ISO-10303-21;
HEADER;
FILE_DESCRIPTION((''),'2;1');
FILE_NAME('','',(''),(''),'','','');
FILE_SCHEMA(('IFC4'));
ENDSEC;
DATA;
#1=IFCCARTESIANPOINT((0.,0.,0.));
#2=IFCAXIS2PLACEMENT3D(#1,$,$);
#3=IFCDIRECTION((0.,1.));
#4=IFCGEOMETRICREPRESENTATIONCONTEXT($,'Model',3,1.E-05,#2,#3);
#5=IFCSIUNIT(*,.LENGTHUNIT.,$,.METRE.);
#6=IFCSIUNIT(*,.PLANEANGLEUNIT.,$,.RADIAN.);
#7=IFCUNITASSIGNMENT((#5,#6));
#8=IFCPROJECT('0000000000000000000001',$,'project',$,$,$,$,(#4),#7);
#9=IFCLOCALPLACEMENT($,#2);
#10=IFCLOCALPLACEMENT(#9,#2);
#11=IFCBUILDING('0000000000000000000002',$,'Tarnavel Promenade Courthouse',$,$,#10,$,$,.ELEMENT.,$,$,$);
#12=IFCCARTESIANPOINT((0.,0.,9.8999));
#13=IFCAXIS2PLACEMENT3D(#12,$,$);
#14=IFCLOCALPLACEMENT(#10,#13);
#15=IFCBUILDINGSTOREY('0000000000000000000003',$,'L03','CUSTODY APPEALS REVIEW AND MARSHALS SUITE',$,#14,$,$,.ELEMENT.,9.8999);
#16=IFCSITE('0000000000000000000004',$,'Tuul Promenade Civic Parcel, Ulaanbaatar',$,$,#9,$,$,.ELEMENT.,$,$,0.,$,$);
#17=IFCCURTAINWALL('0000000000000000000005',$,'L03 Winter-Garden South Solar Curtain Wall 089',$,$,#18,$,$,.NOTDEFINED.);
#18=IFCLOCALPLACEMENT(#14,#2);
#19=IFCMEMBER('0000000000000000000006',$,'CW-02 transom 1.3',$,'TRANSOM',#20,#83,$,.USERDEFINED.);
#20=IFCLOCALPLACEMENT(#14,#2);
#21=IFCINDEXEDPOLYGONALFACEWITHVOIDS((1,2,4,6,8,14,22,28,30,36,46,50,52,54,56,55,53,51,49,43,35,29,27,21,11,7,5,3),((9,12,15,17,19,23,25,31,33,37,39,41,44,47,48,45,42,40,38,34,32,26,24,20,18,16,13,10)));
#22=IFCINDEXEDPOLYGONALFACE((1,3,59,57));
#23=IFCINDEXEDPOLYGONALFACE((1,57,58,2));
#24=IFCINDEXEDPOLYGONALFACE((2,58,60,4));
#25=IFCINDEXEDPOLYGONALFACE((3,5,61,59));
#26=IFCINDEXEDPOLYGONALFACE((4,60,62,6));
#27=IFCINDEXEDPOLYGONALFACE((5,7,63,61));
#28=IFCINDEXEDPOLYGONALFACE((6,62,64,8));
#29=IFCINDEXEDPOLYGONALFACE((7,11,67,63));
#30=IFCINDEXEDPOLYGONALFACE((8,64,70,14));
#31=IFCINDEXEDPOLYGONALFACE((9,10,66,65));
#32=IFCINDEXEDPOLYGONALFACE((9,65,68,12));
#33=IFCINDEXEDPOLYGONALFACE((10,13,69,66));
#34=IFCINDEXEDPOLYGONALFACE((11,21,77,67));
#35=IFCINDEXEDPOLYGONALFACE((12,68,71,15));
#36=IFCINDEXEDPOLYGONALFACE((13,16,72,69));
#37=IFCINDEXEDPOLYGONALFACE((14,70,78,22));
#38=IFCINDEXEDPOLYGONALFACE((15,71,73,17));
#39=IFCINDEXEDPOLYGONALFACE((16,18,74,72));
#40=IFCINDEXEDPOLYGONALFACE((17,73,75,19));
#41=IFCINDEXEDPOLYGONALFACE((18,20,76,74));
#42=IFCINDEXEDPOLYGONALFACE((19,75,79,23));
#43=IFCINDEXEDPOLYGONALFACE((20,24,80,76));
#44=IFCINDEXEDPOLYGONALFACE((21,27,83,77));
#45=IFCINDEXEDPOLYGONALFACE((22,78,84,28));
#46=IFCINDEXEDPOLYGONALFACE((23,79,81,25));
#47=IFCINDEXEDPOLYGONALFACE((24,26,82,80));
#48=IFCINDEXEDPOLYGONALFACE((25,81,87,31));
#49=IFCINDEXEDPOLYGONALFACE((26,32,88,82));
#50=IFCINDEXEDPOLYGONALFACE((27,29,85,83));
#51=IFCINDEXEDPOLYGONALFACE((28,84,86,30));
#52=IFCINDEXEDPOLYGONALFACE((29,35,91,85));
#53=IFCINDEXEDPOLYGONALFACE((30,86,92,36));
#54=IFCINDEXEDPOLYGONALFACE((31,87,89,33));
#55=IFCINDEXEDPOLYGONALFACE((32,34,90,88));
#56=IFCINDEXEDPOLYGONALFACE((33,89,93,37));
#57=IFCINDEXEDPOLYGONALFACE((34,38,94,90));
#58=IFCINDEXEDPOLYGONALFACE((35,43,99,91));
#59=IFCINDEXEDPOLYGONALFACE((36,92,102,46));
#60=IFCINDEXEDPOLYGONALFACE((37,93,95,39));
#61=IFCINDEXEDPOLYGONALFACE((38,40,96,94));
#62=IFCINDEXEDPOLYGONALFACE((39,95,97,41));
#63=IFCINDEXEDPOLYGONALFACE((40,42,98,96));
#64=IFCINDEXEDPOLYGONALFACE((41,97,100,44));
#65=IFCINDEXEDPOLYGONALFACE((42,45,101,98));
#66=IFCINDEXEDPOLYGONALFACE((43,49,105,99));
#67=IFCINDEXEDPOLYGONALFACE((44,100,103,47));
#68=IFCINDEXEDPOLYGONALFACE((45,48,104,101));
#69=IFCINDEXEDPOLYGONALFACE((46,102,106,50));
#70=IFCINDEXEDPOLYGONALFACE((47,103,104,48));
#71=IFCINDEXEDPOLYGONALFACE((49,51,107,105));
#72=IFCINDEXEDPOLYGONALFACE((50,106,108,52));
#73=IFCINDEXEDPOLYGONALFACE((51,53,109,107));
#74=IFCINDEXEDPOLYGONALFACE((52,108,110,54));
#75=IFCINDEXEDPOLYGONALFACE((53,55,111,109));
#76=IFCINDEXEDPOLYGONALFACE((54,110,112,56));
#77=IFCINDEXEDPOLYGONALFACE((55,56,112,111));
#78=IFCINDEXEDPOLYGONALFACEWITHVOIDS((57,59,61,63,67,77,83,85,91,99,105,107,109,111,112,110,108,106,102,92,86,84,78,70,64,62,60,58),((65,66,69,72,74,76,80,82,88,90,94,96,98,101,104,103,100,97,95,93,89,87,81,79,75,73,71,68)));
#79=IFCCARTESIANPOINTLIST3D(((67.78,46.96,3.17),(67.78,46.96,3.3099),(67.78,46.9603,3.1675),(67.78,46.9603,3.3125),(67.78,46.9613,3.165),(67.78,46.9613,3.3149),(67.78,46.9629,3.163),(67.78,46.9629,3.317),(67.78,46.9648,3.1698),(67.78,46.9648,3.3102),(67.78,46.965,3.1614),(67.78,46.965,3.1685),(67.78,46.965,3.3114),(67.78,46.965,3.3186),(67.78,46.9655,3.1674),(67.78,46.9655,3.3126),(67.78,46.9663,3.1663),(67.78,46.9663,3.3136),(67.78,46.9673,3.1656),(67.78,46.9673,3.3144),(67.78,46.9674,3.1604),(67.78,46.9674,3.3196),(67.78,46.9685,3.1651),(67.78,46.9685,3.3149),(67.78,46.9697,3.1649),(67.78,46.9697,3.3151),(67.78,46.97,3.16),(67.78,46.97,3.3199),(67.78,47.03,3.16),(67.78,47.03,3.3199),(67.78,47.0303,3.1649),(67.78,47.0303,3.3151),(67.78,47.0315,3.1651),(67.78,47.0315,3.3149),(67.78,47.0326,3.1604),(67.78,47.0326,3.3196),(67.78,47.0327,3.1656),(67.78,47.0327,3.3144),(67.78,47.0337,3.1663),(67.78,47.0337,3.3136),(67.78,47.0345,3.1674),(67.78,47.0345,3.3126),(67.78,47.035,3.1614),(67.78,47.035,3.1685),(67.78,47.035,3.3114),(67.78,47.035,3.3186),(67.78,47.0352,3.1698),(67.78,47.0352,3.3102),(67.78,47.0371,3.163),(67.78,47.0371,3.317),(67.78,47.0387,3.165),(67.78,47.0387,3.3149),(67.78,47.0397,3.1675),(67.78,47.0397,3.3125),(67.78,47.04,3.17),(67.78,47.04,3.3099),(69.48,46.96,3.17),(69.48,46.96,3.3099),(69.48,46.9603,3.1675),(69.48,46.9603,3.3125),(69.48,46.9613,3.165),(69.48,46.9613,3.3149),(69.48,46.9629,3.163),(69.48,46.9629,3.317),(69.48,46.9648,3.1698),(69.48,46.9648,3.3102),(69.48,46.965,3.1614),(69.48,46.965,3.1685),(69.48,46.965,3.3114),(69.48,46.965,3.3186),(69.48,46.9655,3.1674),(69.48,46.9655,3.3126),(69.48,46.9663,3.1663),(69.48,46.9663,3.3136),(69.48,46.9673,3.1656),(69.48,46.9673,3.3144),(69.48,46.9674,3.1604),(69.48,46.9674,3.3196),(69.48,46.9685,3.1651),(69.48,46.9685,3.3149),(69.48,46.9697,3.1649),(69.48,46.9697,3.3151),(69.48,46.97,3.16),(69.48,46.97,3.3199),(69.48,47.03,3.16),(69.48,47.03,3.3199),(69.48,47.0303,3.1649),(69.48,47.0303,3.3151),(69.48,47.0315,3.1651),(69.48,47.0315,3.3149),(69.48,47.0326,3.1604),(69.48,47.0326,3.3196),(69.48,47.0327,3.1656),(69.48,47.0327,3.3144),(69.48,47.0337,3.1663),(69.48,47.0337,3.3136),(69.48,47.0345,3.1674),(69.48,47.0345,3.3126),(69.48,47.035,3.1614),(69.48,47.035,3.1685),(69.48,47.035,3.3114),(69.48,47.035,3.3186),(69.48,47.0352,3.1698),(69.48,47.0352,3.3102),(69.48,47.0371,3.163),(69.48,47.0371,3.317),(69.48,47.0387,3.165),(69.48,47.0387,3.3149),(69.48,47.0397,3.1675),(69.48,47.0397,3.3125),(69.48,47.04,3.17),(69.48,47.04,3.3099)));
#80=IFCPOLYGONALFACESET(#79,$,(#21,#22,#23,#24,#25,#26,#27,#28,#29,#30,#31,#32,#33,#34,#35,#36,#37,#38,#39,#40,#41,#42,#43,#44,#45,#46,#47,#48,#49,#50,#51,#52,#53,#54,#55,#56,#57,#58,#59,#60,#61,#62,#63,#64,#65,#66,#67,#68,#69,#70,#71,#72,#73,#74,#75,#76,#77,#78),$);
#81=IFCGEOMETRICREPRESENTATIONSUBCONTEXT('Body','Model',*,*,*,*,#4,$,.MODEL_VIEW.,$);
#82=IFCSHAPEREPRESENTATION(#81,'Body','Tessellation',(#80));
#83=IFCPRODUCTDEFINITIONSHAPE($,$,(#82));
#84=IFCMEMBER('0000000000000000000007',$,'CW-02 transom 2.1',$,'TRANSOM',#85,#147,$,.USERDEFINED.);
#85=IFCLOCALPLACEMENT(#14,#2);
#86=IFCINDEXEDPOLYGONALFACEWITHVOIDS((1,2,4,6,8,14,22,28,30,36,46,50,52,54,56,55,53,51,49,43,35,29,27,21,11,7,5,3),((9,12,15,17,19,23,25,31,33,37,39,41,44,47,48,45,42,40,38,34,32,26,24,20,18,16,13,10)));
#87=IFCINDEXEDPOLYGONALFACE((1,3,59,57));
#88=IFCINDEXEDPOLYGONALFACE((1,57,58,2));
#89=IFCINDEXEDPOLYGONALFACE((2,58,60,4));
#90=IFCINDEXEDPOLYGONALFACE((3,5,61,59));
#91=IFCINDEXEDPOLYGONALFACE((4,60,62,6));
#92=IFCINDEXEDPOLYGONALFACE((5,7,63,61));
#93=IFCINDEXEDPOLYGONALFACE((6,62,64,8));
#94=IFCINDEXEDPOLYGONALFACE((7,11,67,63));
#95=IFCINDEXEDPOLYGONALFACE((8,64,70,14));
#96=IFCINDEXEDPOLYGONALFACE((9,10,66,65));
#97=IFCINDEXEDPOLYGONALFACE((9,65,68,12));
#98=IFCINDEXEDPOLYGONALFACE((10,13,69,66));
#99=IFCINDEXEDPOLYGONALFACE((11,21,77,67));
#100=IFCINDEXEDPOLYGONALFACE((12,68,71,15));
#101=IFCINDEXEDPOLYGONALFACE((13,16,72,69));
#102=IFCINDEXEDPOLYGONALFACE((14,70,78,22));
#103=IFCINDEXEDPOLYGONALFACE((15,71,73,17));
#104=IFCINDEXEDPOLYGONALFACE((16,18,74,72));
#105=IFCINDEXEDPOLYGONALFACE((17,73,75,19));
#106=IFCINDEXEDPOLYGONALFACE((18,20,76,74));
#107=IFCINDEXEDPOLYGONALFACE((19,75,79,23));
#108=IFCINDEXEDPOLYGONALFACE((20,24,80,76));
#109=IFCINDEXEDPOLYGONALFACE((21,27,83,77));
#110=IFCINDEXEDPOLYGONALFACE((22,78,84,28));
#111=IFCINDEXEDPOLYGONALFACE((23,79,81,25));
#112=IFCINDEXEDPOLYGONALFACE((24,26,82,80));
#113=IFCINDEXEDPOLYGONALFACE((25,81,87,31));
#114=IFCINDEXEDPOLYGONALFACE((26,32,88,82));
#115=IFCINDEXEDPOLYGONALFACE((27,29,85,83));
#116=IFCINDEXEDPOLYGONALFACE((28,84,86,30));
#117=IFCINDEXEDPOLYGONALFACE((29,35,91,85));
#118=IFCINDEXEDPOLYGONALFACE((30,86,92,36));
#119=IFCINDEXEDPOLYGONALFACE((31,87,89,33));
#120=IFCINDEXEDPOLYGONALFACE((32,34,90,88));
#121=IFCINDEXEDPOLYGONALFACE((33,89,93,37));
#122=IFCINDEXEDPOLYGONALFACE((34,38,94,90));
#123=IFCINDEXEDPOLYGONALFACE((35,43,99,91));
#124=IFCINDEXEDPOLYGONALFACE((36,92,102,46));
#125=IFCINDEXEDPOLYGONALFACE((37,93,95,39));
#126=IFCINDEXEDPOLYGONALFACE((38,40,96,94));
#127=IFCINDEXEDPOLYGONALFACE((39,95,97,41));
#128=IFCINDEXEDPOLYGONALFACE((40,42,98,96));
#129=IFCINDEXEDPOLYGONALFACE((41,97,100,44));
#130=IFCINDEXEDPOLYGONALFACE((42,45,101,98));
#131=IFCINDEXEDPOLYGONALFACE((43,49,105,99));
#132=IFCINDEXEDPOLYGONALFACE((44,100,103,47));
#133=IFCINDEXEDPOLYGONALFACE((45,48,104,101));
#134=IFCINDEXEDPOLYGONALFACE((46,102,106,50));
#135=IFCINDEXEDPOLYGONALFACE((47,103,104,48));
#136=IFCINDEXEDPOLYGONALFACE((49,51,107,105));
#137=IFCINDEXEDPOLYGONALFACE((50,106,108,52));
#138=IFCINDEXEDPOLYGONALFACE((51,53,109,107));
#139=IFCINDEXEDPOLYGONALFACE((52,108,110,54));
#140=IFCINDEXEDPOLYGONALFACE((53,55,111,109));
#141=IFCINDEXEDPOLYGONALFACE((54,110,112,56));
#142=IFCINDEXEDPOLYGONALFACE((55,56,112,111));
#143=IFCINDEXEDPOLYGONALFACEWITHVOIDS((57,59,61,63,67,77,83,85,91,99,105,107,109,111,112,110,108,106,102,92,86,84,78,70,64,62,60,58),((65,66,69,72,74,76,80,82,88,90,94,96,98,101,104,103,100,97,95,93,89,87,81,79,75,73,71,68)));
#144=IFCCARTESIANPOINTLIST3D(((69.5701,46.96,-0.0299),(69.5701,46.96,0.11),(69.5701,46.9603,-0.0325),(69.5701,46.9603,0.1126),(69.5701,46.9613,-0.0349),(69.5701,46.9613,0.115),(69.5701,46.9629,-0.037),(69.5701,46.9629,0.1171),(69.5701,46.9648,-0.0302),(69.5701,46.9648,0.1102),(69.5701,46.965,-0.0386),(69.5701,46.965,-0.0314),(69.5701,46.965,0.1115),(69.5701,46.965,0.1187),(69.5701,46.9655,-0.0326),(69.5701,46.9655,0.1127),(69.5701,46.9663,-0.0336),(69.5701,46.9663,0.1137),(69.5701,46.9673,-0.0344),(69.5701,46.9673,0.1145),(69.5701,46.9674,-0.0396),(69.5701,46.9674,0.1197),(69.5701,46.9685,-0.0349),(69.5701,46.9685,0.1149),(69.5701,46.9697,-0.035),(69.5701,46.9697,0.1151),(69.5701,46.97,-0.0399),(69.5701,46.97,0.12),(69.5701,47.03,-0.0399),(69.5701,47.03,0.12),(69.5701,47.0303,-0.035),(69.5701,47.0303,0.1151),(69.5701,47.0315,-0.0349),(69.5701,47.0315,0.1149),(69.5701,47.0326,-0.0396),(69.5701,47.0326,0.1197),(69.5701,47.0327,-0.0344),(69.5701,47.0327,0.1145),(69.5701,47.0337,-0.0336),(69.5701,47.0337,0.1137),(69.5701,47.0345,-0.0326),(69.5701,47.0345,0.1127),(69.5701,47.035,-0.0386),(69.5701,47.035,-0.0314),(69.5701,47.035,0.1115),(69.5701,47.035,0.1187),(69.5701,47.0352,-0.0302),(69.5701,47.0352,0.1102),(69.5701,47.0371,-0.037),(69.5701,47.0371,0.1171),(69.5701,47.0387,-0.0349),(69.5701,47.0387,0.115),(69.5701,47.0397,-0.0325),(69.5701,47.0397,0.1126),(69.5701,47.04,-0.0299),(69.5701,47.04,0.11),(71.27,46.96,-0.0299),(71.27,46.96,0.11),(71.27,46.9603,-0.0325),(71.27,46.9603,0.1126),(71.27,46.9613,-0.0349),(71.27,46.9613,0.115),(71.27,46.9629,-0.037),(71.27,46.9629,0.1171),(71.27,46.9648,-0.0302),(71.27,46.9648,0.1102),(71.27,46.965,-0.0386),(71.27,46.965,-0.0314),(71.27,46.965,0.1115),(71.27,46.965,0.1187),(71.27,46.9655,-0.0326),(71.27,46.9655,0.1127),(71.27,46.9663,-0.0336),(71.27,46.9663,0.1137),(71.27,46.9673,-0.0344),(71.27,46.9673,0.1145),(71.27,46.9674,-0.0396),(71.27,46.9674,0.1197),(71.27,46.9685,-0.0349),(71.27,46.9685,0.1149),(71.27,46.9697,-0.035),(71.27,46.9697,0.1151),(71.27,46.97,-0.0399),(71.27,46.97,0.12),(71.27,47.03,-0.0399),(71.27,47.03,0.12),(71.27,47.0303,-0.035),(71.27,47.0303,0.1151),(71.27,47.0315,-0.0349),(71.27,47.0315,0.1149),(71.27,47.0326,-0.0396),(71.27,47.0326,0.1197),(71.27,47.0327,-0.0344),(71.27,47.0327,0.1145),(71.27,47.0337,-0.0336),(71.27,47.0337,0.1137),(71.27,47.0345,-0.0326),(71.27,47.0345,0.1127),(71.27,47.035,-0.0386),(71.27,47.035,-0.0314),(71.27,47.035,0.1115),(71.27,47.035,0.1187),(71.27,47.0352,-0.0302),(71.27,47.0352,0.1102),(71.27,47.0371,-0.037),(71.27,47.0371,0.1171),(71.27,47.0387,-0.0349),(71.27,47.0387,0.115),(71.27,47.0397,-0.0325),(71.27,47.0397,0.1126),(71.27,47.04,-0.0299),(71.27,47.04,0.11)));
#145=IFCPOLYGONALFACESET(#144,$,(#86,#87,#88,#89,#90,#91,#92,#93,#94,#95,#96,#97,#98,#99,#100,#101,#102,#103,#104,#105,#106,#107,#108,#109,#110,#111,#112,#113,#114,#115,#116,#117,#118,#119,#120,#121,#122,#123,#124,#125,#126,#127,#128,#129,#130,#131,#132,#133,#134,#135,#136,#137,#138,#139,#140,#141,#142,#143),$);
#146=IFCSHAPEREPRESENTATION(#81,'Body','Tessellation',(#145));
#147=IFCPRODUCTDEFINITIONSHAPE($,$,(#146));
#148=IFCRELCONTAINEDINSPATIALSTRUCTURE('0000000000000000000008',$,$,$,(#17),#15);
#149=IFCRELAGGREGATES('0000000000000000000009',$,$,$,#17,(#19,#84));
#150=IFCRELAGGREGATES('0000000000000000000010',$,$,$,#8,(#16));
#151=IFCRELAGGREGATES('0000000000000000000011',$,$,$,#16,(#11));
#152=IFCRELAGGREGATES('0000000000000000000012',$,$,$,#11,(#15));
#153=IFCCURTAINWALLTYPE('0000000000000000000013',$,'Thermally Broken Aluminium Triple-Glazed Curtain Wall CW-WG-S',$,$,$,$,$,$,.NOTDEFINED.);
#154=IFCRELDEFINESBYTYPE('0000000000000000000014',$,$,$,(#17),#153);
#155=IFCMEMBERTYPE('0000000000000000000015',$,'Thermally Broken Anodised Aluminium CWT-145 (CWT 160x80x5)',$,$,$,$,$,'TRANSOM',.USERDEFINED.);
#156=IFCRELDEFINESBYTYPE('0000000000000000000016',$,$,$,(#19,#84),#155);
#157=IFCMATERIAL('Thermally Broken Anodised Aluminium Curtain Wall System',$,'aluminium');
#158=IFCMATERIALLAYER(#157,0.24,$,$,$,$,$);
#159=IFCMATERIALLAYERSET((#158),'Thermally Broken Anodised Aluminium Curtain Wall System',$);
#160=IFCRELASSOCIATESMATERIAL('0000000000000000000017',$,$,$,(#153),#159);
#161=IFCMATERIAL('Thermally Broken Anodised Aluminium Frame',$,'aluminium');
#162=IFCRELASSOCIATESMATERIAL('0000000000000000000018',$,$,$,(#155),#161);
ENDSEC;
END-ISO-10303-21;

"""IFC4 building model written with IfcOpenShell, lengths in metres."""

from ifc_helpers import new_model, si_unit, direction, frame, origin, origin_2d, place, context, subcontext, project, spatial, hollow_rectangle, extrude, material, layer, layer_set, material_profile, profile_set, type_object, element, aggregate, save


model = new_model("IFC4")

# Units and contexts
model_context = context("Model", 3, precision=1e-05, world=origin(), true_north=direction((0.0, 1.0)))
body_context = subcontext(model_context, "Body", "Model", "MODEL_VIEW")
ifc_project = project(units=[si_unit("LENGTHUNIT", "METRE"), si_unit("PLANEANGLEUNIT", "RADIAN")], contexts=[model_context])

# Site, building, storey
site_placement = place(None, origin())
site = spatial("IfcSite", under=ifc_project, at=site_placement, Name="Tuul Promenade Civic Parcel, Ulaanbaatar", CompositionType="ELEMENT", RefElevation=0.0)
building_placement = place(site_placement, origin())
building = spatial("IfcBuilding", under=site, at=building_placement, Name="Tarnavel Promenade Courthouse", CompositionType="ELEMENT")
storey_placement = place(building_placement, frame((0.0, 0.0, 9.8999)))
storey = spatial("IfcBuildingStorey", under=building, at=storey_placement, Name="L03", Description="CUSTODY APPEALS REVIEW AND MARSHALS SUITE", CompositionType="ELEMENT", Elevation=9.8999)

# Curtain wall
ifc_material_1 = material(Name="Thermally Broken Anodised Aluminium Curtain Wall System", Category="aluminium")
ifc_layer_1 = layer(ifc_material_1, 0.24)
ifc_layer_set_1 = layer_set([ifc_layer_1], Name="Thermally Broken Anodised Aluminium Curtain Wall System")
curtain_wall_type = type_object("IfcCurtainWallType", Name="Thermally Broken Aluminium Triple-Glazed Curtain Wall CW-WG-S", PredefinedType="NOTDEFINED", material=ifc_layer_set_1)
ifc_material_2 = material(Name="Thermally Broken Anodised Aluminium Frame", Category="aluminium")
curtain_wall_1_placement = place(storey_placement, origin())
curtain_wall_1 = element("IfcCurtainWall", 1, at=curtain_wall_1_placement, inside=storey, type_object=curtain_wall_type, Name="L03 Winter-Garden South Solar Curtain Wall 089", PredefinedType="NOTDEFINED")

# Members
ifc_material_profile_1 = material_profile(ifc_material_2, hollow_rectangle(XDim=0.0801, YDim=0.1599, WallThickness=0.0049, InnerFilletRadius=0.0049, OuterFilletRadius=0.01, at=origin_2d()), Name="CWT 160x80x5")
ifc_profile_set_1 = profile_set([ifc_material_profile_1], Name="Thermally Broken Anodised Aluminium Frame")
member_type_1 = type_object("IfcMemberType", Name="Thermally Broken Anodised Aluminium CWT-145 (CWT 160x80x5)", ElementType="TRANSOM", PredefinedType="USERDEFINED", material=ifc_profile_set_1)
member_1_placement = place(storey_placement, frame((67.78, 47.0, 3.24), z_axis=(1.0, 0.0, 0.0), x_axis=(0.0, 1.0, 0.0)))
member_1 = element("IfcMember", 2, at=member_1_placement, type_object=member_type_1, Name="CW-02 transom 1.3", ObjectType="TRANSOM", PredefinedType="USERDEFINED", context=body_context, shape_type="SweptSolid", body=[
    extrude(hollow_rectangle(XDim=0.0801, YDim=0.1599, WallThickness=0.0049, InnerFilletRadius=0.0049, OuterFilletRadius=0.01, at=origin_2d()), origin(), (0.0, 0.0, 1.0), 1.7),
])
member_2_placement = place(storey_placement, frame((69.5701, 47.0, 0.04), z_axis=(1.0, 0.0, 0.0), x_axis=(0.0, 1.0, 0.0)))
member_2 = element("IfcMember", 3, at=member_2_placement, type_object=member_type_1, Name="CW-02 transom 2.1", ObjectType="TRANSOM", PredefinedType="USERDEFINED", context=body_context, shape_type="SweptSolid", body=[
    extrude(hollow_rectangle(XDim=0.0801, YDim=0.1599, WallThickness=0.0049, InnerFilletRadius=0.0049, OuterFilletRadius=0.01, at=origin_2d()), origin(), (0.0, 0.0, 1.0), 1.7),
])

aggregate(curtain_wall_1, [member_1, member_2])

save(model, "model.ifc")
